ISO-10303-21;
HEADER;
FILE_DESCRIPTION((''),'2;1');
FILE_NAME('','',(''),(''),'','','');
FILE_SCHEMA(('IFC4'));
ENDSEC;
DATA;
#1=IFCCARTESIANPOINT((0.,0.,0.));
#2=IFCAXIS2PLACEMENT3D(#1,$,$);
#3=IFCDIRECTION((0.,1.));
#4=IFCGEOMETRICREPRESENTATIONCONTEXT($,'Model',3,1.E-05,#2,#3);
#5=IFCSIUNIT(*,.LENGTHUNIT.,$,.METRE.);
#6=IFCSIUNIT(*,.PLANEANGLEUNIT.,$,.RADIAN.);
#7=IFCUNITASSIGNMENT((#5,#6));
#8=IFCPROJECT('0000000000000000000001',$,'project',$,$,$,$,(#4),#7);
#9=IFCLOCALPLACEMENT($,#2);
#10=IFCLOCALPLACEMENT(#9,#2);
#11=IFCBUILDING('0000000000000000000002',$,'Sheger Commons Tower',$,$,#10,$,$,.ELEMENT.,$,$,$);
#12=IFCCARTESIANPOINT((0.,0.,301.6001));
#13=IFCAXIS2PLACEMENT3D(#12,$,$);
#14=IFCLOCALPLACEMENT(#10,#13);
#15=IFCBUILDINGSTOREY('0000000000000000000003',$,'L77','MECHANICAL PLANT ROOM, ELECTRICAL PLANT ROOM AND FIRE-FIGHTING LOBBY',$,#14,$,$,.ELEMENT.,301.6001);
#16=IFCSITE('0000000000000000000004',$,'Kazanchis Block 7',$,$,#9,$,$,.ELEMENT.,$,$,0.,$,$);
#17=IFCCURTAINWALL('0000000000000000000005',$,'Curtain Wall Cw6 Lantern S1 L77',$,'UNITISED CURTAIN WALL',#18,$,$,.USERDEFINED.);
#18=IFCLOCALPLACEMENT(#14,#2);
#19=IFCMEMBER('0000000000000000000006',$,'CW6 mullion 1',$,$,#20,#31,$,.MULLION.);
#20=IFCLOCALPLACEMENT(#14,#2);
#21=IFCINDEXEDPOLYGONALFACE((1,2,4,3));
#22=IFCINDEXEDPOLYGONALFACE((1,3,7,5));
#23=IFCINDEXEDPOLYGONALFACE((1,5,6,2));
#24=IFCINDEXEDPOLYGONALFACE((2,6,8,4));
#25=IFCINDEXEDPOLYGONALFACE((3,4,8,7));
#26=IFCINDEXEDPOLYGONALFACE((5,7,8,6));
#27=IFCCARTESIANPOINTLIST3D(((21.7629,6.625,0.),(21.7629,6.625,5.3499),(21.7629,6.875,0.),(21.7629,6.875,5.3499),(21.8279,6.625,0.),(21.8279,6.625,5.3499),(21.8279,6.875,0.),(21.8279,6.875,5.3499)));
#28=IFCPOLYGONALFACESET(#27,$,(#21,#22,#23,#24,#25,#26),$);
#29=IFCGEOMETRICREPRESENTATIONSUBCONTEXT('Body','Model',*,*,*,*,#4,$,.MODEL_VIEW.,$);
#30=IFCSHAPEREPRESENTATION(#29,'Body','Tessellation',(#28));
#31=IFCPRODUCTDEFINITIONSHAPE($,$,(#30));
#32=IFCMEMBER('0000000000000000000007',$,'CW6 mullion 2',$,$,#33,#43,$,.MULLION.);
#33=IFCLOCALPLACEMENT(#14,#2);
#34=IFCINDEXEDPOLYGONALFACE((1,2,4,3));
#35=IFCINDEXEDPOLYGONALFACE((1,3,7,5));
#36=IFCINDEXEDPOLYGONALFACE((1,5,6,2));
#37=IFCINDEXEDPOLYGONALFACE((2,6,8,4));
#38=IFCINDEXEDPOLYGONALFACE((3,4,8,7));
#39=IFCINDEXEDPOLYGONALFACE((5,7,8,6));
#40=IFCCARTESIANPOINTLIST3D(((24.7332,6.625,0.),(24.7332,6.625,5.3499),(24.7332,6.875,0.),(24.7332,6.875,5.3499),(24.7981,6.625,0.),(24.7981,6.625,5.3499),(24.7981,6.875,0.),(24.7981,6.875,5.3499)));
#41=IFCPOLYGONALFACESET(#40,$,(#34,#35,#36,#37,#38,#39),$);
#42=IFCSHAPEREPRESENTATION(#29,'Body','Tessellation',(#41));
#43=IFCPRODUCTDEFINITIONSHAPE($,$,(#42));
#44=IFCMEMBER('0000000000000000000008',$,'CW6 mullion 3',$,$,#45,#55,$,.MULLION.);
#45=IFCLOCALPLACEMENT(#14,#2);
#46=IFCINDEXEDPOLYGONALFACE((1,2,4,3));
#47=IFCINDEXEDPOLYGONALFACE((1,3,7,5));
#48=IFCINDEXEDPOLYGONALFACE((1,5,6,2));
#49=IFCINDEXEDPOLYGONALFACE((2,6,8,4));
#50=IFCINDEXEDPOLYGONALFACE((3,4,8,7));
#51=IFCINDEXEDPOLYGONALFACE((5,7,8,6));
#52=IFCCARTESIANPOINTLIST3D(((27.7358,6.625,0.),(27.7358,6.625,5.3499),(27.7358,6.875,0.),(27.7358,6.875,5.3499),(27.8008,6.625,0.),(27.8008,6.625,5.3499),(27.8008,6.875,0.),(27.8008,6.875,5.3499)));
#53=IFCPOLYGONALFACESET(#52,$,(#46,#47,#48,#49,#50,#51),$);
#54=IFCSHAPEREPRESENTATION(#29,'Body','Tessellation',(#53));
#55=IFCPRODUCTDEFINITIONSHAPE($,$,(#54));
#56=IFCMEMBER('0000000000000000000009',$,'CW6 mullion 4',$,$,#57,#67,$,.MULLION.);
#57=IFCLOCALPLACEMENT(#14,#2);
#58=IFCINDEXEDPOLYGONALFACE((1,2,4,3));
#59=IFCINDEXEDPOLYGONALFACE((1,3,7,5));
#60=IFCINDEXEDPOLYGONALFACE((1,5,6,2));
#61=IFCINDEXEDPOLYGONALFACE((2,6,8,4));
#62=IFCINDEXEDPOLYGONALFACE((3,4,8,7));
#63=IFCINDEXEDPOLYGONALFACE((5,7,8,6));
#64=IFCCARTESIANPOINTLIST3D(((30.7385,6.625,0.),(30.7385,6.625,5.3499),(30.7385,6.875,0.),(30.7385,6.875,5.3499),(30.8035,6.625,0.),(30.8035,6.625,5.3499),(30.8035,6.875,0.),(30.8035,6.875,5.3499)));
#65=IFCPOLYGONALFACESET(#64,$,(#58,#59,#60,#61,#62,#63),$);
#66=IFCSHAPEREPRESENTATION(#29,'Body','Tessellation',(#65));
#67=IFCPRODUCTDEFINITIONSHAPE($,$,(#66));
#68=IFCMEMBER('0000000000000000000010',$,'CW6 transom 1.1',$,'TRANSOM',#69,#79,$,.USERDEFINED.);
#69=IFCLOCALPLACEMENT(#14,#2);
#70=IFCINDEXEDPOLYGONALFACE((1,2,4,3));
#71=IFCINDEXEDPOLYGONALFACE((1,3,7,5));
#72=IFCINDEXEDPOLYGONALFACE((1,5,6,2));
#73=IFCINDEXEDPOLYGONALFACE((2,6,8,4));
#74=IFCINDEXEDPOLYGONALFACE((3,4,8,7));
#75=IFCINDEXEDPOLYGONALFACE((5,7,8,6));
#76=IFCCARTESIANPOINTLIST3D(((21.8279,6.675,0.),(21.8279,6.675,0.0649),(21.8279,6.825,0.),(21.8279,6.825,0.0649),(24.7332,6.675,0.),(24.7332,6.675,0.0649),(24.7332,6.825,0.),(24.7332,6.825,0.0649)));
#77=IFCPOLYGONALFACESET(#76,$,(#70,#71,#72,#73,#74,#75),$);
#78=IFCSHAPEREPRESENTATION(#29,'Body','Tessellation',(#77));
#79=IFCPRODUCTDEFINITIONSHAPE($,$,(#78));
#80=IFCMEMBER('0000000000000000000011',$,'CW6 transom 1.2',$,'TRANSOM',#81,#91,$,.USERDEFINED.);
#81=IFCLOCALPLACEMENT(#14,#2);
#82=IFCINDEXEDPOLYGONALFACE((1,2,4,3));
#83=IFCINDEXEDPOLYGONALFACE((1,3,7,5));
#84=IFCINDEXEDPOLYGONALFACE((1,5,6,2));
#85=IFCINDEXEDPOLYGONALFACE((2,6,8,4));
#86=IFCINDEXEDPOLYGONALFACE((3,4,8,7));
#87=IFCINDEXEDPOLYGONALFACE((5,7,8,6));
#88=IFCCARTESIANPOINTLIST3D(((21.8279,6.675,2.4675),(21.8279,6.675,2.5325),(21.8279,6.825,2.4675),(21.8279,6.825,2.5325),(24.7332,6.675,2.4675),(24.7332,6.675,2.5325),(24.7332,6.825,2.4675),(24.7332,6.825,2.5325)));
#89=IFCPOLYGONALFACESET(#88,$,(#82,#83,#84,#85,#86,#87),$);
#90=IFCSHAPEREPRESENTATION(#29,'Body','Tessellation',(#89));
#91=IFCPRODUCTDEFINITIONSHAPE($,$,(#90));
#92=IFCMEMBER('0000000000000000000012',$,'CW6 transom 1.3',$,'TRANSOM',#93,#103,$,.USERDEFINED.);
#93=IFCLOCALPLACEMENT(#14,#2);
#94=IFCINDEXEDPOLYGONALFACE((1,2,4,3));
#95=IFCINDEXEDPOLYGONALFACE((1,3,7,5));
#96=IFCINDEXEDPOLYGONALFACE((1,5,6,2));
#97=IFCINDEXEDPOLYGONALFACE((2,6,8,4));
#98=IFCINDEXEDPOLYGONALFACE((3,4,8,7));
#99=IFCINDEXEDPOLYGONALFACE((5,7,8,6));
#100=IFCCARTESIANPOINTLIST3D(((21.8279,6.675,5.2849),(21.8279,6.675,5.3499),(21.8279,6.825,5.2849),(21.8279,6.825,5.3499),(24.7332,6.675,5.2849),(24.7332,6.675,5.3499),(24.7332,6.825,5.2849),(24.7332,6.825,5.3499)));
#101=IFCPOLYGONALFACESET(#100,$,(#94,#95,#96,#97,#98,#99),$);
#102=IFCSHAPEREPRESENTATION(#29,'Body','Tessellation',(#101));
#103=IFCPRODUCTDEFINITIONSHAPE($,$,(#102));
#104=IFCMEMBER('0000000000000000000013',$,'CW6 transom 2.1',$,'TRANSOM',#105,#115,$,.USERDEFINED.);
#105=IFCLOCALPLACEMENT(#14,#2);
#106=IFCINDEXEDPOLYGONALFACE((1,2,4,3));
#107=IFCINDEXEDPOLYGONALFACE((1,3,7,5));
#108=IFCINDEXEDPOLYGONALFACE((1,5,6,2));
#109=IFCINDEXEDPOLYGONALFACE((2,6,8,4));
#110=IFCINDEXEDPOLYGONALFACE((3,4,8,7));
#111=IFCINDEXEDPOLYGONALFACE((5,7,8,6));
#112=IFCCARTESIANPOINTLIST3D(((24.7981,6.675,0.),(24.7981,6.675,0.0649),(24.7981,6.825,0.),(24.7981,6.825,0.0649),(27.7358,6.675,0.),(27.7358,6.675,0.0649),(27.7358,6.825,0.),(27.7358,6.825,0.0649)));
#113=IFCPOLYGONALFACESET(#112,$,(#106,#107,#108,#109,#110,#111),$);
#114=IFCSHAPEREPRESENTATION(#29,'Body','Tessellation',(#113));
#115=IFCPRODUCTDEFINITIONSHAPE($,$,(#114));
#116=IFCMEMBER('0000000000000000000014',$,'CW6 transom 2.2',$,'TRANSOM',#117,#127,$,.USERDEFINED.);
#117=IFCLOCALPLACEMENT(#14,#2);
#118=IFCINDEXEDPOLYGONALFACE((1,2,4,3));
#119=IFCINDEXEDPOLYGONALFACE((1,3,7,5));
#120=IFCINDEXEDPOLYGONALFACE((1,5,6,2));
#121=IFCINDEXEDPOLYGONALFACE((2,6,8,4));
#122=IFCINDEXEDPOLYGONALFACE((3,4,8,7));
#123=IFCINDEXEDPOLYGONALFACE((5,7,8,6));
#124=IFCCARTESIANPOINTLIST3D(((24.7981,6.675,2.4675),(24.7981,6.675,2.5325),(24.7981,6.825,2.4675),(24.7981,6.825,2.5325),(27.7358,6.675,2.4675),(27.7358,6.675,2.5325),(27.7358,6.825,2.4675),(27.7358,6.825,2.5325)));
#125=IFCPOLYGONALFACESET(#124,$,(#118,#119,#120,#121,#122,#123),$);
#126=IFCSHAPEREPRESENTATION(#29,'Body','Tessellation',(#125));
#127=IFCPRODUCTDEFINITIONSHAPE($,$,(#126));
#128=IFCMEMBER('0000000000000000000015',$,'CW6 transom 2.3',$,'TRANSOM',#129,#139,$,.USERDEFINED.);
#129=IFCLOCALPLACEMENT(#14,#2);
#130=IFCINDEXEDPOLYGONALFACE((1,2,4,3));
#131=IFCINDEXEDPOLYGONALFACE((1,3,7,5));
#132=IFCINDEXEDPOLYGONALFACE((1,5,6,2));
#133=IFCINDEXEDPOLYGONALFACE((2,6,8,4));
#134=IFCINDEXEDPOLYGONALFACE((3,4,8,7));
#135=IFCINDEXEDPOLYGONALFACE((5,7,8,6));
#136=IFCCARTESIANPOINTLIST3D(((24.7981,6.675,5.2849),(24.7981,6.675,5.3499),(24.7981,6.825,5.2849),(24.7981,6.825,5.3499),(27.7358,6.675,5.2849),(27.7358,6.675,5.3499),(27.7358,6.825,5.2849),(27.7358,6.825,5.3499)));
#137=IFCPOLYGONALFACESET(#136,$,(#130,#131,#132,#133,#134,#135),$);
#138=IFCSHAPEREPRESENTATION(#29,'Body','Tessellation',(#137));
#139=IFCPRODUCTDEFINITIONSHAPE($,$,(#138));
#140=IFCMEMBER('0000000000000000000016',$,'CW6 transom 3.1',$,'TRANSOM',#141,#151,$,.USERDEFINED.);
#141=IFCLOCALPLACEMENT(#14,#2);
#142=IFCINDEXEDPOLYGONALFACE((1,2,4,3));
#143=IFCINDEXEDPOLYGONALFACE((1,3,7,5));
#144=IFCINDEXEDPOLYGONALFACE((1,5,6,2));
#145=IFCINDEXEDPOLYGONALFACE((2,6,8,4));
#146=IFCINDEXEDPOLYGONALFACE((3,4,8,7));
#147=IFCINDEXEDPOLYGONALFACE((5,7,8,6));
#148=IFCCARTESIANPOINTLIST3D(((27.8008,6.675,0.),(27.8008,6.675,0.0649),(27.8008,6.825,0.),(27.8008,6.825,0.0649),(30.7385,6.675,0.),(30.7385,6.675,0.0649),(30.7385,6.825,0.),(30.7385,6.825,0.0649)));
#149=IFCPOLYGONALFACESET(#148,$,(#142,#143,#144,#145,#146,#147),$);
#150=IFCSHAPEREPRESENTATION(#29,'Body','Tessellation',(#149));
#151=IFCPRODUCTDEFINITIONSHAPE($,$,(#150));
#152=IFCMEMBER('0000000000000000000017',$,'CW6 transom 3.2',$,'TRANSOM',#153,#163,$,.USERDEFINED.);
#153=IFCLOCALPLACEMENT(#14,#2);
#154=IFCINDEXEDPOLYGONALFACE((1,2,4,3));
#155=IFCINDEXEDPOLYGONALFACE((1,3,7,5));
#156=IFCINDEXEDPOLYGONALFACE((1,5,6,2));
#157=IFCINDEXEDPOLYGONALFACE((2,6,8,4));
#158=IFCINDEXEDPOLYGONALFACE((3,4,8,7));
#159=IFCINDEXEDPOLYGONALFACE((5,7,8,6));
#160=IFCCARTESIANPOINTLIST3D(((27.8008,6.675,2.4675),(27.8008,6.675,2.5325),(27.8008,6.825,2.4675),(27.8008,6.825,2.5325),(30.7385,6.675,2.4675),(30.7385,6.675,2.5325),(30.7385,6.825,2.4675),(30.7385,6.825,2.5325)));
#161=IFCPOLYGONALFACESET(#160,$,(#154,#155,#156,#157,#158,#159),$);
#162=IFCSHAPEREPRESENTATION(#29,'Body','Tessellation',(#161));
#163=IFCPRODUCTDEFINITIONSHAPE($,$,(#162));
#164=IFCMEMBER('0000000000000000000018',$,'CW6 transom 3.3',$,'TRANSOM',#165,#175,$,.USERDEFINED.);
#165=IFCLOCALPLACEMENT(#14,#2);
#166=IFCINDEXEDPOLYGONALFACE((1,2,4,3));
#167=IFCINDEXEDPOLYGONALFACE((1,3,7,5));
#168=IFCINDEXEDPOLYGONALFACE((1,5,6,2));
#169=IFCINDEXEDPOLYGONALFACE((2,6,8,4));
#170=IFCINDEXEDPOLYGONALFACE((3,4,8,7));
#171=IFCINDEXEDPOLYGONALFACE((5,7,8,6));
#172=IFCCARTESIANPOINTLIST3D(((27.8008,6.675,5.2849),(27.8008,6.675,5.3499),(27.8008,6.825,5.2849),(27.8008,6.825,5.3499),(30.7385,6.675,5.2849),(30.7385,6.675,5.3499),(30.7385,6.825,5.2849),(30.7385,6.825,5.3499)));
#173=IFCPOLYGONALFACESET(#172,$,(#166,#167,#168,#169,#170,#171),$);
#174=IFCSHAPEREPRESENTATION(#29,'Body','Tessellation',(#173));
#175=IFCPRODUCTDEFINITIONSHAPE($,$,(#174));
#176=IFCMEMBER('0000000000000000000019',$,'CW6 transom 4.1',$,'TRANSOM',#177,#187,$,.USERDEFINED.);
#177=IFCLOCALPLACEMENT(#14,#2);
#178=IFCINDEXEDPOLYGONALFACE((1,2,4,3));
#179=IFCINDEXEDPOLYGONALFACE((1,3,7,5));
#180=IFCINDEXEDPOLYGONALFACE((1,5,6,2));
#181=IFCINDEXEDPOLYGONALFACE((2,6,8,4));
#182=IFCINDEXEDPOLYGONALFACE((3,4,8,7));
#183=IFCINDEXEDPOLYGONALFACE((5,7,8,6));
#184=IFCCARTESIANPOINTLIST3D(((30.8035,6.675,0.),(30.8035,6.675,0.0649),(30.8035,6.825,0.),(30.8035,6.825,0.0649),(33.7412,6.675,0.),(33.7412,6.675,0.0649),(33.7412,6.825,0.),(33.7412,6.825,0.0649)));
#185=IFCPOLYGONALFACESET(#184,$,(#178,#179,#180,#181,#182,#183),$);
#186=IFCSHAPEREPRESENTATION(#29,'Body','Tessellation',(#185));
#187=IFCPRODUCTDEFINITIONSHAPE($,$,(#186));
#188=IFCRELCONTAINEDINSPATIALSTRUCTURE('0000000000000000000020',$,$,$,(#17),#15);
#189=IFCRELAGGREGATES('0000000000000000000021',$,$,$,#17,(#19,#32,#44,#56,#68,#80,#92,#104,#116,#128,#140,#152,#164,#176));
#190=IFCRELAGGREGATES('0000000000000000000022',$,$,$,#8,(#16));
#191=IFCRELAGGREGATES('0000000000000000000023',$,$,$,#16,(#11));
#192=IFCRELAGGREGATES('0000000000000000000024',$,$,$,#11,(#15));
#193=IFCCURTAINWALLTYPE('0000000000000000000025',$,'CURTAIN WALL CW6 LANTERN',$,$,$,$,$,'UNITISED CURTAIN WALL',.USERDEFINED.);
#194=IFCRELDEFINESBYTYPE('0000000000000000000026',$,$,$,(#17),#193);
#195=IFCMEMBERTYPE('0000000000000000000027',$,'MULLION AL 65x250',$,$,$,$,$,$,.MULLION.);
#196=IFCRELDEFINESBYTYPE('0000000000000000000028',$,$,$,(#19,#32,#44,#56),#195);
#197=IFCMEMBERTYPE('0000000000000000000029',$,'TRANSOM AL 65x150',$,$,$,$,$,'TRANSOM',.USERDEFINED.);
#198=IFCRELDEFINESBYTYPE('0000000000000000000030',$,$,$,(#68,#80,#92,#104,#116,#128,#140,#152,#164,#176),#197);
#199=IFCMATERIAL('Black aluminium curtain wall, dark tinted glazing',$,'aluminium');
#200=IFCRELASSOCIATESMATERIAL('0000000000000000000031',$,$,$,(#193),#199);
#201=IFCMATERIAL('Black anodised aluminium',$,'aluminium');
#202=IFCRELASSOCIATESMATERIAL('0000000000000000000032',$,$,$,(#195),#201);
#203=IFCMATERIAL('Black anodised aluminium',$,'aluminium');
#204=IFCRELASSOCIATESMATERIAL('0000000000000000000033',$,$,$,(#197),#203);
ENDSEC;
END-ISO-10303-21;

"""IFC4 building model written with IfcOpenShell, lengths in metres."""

from ifc_helpers import new_model, si_unit, direction, frame, origin, origin_2d, place, context, subcontext, project, spatial, rectangle, extrude, material, material_profile, profile_set, type_object, element, aggregate, save


model = new_model("IFC4")

# Units and contexts
model_context = context("Model", 3, precision=1e-05, world=origin(), true_north=direction((0.0, 1.0)))
body_context = subcontext(model_context, "Body", "Model", "MODEL_VIEW")
ifc_project = project(units=[si_unit("LENGTHUNIT", "METRE"), si_unit("PLANEANGLEUNIT", "RADIAN")], contexts=[model_context])

# Site, building, storey
site_placement = place(None, origin())
site = spatial("IfcSite", under=ifc_project, at=site_placement, Name="Kazanchis Block 7", CompositionType="ELEMENT", RefElevation=0.0)
building_placement = place(site_placement, origin())
building = spatial("IfcBuilding", under=site, at=building_placement, Name="Sheger Commons Tower", CompositionType="ELEMENT")
storey_placement = place(building_placement, frame((0.0, 0.0, 301.6001)))
storey = spatial("IfcBuildingStorey", under=building, at=storey_placement, Name="L77", Description="MECHANICAL PLANT ROOM, ELECTRICAL PLANT ROOM AND FIRE-FIGHTING LOBBY", CompositionType="ELEMENT", Elevation=301.6001)

# Curtain wall, members
ifc_material_1 = material(Name="Black aluminium curtain wall, dark tinted glazing", Category="aluminium")
curtain_wall_type = type_object("IfcCurtainWallType", Name="CURTAIN WALL CW6 LANTERN", ElementType="UNITISED CURTAIN WALL", PredefinedType="USERDEFINED", material=ifc_material_1)
curtain_wall_placement = place(storey_placement, origin())
curtain_wall = element("IfcCurtainWall", 1, at=curtain_wall_placement, inside=storey, type_object=curtain_wall_type, Name="Curtain Wall Cw6 Lantern S1 L77", ObjectType="UNITISED CURTAIN WALL", PredefinedType="USERDEFINED")
ifc_material_2 = material(Name="Black anodised aluminium", Category="aluminium")
ifc_material_profile_1 = material_profile(ifc_material_2, rectangle(XDim=0.25, YDim=0.0649, at=origin_2d()), Name="AL 65x250")
ifc_profile_set_1 = profile_set([ifc_material_profile_1], Name="Black anodised aluminium")
member_type_1 = type_object("IfcMemberType", Name="MULLION AL 65x250", PredefinedType="MULLION", material=ifc_profile_set_1)
member_1_placement = place(storey_placement, frame((21.7954, 6.75, 0.0), z_axis=(0.0, 0.0, 1.0), x_axis=(0.0, 1.0, 0.0)))
member_1 = element("IfcMember", 2, at=member_1_placement, type_object=member_type_1, Name="CW6 mullion 1", PredefinedType="MULLION", context=body_context, shape_type="SweptSolid", body=[
    extrude(rectangle(XDim=0.25, YDim=0.0649, at=origin_2d()), origin(), (0.0, 0.0, 1.0), 5.3499),
])
member_2_placement = place(storey_placement, frame((24.7656, 6.75, 0.0), z_axis=(0.0, 0.0, 1.0), x_axis=(0.0, 1.0, 0.0)))
member_2 = element("IfcMember", 3, at=member_2_placement, type_object=member_type_1, Name="CW6 mullion 2", PredefinedType="MULLION", context=body_context, shape_type="SweptSolid", body=[
    extrude(rectangle(XDim=0.25, YDim=0.0649, at=origin_2d()), origin(), (0.0, 0.0, 1.0), 5.3499),
])
member_3_placement = place(storey_placement, frame((27.7683, 6.75, 0.0), z_axis=(0.0, 0.0, 1.0), x_axis=(0.0, 1.0, 0.0)))
member_3 = element("IfcMember", 4, at=member_3_placement, type_object=member_type_1, Name="CW6 mullion 3", PredefinedType="MULLION", context=body_context, shape_type="SweptSolid", body=[
    extrude(rectangle(XDim=0.25, YDim=0.0649, at=origin_2d()), origin(), (0.0, 0.0, 1.0), 5.3499),
])
member_4_placement = place(storey_placement, frame((30.771, 6.75, 0.0), z_axis=(0.0, 0.0, 1.0), x_axis=(0.0, 1.0, 0.0)))
member_4 = element("IfcMember", 5, at=member_4_placement, type_object=member_type_1, Name="CW6 mullion 4", PredefinedType="MULLION", context=body_context, shape_type="SweptSolid", body=[
    extrude(rectangle(XDim=0.25, YDim=0.0649, at=origin_2d()), origin(), (0.0, 0.0, 1.0), 5.3499),
])
ifc_material_3 = material(Name="Black anodised aluminium", Category="aluminium")
ifc_material_profile_2 = material_profile(ifc_material_3, rectangle(XDim=0.1499, YDim=0.0649, at=origin_2d()), Name="AL 65x150")
ifc_profile_set_2 = profile_set([ifc_material_profile_2], Name="Black anodised aluminium")
member_type_2 = type_object("IfcMemberType", Name="TRANSOM AL 65x150", ElementType="TRANSOM", PredefinedType="USERDEFINED", material=ifc_profile_set_2)
member_5_placement = place(storey_placement, frame((21.8279, 6.75, 0.0325), z_axis=(1.0, 0.0, 0.0), x_axis=(0.0, 1.0, 0.0)))
member_5 = element("IfcMember", 6, at=member_5_placement, type_object=member_type_2, Name="CW6 transom 1.1", ObjectType="TRANSOM", PredefinedType="USERDEFINED", context=body_context, shape_type="SweptSolid", body=[
    extrude(rectangle(XDim=0.1499, YDim=0.0649, at=origin_2d()), origin(), (0.0, 0.0, 1.0), 2.9053),
])
member_6_placement = place(storey_placement, frame((21.8279, 6.75, 2.5), z_axis=(1.0, 0.0, 0.0), x_axis=(0.0, 1.0, 0.0)))
member_6 = element("IfcMember", 7, at=member_6_placement, type_object=member_type_2, Name="CW6 transom 1.2", ObjectType="TRANSOM", PredefinedType="USERDEFINED", context=body_context, shape_type="SweptSolid", body=[
    extrude(rectangle(XDim=0.1499, YDim=0.0649, at=origin_2d()), origin(), (0.0, 0.0, 1.0), 2.9053),
])
member_7_placement = place(storey_placement, frame((21.8279, 6.75, 5.3174), z_axis=(1.0, 0.0, 0.0), x_axis=(0.0, 1.0, 0.0)))
member_7 = element("IfcMember", 8, at=member_7_placement, type_object=member_type_2, Name="CW6 transom 1.3", ObjectType="TRANSOM", PredefinedType="USERDEFINED", context=body_context, shape_type="SweptSolid", body=[
    extrude(rectangle(XDim=0.1499, YDim=0.0649, at=origin_2d()), origin(), (0.0, 0.0, 1.0), 2.9053),
])
member_8_placement = place(storey_placement, frame((24.7981, 6.75, 0.0325), z_axis=(1.0, 0.0, 0.0), x_axis=(0.0, 1.0, 0.0)))
member_8 = element("IfcMember", 9, at=member_8_placement, type_object=member_type_2, Name="CW6 transom 2.1", ObjectType="TRANSOM", PredefinedType="USERDEFINED", context=body_context, shape_type="SweptSolid", body=[
    extrude(rectangle(XDim=0.1499, YDim=0.0649, at=origin_2d()), origin(), (0.0, 0.0, 1.0), 2.9377),
])
member_9_placement = place(storey_placement, frame((24.7981, 6.75, 2.5), z_axis=(1.0, 0.0, 0.0), x_axis=(0.0, 1.0, 0.0)))
member_9 = element("IfcMember", 10, at=member_9_placement, type_object=member_type_2, Name="CW6 transom 2.2", ObjectType="TRANSOM", PredefinedType="USERDEFINED", context=body_context, shape_type="SweptSolid", body=[
    extrude(rectangle(XDim=0.1499, YDim=0.0649, at=origin_2d()), origin(), (0.0, 0.0, 1.0), 2.9377),
])
member_10_placement = place(storey_placement, frame((24.7981, 6.75, 5.3174), z_axis=(1.0, 0.0, 0.0), x_axis=(0.0, 1.0, 0.0)))
member_10 = element("IfcMember", 11, at=member_10_placement, type_object=member_type_2, Name="CW6 transom 2.3", ObjectType="TRANSOM", PredefinedType="USERDEFINED", context=body_context, shape_type="SweptSolid", body=[
    extrude(rectangle(XDim=0.1499, YDim=0.0649, at=origin_2d()), origin(), (0.0, 0.0, 1.0), 2.9377),
])
member_11_placement = place(storey_placement, frame((27.8008, 6.75, 0.0325), z_axis=(1.0, 0.0, 0.0), x_axis=(0.0, 1.0, 0.0)))
member_11 = element("IfcMember", 12, at=member_11_placement, type_object=member_type_2, Name="CW6 transom 3.1", ObjectType="TRANSOM", PredefinedType="USERDEFINED", context=body_context, shape_type="SweptSolid", body=[
    extrude(rectangle(XDim=0.1499, YDim=0.0649, at=origin_2d()), origin(), (0.0, 0.0, 1.0), 2.9377),
])
member_12_placement = place(storey_placement, frame((27.8008, 6.75, 2.5), z_axis=(1.0, 0.0, 0.0), x_axis=(0.0, 1.0, 0.0)))
member_12 = element("IfcMember", 13, at=member_12_placement, type_object=member_type_2, Name="CW6 transom 3.2", ObjectType="TRANSOM", PredefinedType="USERDEFINED", context=body_context, shape_type="SweptSolid", body=[
    extrude(rectangle(XDim=0.1499, YDim=0.0649, at=origin_2d()), origin(), (0.0, 0.0, 1.0), 2.9377),
])
member_13_placement = place(storey_placement, frame((27.8008, 6.75, 5.3174), z_axis=(1.0, 0.0, 0.0), x_axis=(0.0, 1.0, 0.0)))
member_13 = element("IfcMember", 14, at=member_13_placement, type_object=member_type_2, Name="CW6 transom 3.3", ObjectType="TRANSOM", PredefinedType="USERDEFINED", context=body_context, shape_type="SweptSolid", body=[
    extrude(rectangle(XDim=0.1499, YDim=0.0649, at=origin_2d()), origin(), (0.0, 0.0, 1.0), 2.9377),
])
member_14_placement = place(storey_placement, frame((30.8035, 6.75, 0.0325), z_axis=(1.0, 0.0, 0.0), x_axis=(0.0, 1.0, 0.0)))
member_14 = element("IfcMember", 15, at=member_14_placement, type_object=member_type_2, Name="CW6 transom 4.1", ObjectType="TRANSOM", PredefinedType="USERDEFINED", context=body_context, shape_type="SweptSolid", body=[
    extrude(rectangle(XDim=0.1499, YDim=0.0649, at=origin_2d()), origin(), (0.0, 0.0, 1.0), 2.9377),
])
aggregate(curtain_wall, [member_1, member_2, member_3, member_4, member_5, member_6, member_7, member_8, member_9, member_10, member_11, member_12, member_13, member_14])

save(model, "model.ifc")
